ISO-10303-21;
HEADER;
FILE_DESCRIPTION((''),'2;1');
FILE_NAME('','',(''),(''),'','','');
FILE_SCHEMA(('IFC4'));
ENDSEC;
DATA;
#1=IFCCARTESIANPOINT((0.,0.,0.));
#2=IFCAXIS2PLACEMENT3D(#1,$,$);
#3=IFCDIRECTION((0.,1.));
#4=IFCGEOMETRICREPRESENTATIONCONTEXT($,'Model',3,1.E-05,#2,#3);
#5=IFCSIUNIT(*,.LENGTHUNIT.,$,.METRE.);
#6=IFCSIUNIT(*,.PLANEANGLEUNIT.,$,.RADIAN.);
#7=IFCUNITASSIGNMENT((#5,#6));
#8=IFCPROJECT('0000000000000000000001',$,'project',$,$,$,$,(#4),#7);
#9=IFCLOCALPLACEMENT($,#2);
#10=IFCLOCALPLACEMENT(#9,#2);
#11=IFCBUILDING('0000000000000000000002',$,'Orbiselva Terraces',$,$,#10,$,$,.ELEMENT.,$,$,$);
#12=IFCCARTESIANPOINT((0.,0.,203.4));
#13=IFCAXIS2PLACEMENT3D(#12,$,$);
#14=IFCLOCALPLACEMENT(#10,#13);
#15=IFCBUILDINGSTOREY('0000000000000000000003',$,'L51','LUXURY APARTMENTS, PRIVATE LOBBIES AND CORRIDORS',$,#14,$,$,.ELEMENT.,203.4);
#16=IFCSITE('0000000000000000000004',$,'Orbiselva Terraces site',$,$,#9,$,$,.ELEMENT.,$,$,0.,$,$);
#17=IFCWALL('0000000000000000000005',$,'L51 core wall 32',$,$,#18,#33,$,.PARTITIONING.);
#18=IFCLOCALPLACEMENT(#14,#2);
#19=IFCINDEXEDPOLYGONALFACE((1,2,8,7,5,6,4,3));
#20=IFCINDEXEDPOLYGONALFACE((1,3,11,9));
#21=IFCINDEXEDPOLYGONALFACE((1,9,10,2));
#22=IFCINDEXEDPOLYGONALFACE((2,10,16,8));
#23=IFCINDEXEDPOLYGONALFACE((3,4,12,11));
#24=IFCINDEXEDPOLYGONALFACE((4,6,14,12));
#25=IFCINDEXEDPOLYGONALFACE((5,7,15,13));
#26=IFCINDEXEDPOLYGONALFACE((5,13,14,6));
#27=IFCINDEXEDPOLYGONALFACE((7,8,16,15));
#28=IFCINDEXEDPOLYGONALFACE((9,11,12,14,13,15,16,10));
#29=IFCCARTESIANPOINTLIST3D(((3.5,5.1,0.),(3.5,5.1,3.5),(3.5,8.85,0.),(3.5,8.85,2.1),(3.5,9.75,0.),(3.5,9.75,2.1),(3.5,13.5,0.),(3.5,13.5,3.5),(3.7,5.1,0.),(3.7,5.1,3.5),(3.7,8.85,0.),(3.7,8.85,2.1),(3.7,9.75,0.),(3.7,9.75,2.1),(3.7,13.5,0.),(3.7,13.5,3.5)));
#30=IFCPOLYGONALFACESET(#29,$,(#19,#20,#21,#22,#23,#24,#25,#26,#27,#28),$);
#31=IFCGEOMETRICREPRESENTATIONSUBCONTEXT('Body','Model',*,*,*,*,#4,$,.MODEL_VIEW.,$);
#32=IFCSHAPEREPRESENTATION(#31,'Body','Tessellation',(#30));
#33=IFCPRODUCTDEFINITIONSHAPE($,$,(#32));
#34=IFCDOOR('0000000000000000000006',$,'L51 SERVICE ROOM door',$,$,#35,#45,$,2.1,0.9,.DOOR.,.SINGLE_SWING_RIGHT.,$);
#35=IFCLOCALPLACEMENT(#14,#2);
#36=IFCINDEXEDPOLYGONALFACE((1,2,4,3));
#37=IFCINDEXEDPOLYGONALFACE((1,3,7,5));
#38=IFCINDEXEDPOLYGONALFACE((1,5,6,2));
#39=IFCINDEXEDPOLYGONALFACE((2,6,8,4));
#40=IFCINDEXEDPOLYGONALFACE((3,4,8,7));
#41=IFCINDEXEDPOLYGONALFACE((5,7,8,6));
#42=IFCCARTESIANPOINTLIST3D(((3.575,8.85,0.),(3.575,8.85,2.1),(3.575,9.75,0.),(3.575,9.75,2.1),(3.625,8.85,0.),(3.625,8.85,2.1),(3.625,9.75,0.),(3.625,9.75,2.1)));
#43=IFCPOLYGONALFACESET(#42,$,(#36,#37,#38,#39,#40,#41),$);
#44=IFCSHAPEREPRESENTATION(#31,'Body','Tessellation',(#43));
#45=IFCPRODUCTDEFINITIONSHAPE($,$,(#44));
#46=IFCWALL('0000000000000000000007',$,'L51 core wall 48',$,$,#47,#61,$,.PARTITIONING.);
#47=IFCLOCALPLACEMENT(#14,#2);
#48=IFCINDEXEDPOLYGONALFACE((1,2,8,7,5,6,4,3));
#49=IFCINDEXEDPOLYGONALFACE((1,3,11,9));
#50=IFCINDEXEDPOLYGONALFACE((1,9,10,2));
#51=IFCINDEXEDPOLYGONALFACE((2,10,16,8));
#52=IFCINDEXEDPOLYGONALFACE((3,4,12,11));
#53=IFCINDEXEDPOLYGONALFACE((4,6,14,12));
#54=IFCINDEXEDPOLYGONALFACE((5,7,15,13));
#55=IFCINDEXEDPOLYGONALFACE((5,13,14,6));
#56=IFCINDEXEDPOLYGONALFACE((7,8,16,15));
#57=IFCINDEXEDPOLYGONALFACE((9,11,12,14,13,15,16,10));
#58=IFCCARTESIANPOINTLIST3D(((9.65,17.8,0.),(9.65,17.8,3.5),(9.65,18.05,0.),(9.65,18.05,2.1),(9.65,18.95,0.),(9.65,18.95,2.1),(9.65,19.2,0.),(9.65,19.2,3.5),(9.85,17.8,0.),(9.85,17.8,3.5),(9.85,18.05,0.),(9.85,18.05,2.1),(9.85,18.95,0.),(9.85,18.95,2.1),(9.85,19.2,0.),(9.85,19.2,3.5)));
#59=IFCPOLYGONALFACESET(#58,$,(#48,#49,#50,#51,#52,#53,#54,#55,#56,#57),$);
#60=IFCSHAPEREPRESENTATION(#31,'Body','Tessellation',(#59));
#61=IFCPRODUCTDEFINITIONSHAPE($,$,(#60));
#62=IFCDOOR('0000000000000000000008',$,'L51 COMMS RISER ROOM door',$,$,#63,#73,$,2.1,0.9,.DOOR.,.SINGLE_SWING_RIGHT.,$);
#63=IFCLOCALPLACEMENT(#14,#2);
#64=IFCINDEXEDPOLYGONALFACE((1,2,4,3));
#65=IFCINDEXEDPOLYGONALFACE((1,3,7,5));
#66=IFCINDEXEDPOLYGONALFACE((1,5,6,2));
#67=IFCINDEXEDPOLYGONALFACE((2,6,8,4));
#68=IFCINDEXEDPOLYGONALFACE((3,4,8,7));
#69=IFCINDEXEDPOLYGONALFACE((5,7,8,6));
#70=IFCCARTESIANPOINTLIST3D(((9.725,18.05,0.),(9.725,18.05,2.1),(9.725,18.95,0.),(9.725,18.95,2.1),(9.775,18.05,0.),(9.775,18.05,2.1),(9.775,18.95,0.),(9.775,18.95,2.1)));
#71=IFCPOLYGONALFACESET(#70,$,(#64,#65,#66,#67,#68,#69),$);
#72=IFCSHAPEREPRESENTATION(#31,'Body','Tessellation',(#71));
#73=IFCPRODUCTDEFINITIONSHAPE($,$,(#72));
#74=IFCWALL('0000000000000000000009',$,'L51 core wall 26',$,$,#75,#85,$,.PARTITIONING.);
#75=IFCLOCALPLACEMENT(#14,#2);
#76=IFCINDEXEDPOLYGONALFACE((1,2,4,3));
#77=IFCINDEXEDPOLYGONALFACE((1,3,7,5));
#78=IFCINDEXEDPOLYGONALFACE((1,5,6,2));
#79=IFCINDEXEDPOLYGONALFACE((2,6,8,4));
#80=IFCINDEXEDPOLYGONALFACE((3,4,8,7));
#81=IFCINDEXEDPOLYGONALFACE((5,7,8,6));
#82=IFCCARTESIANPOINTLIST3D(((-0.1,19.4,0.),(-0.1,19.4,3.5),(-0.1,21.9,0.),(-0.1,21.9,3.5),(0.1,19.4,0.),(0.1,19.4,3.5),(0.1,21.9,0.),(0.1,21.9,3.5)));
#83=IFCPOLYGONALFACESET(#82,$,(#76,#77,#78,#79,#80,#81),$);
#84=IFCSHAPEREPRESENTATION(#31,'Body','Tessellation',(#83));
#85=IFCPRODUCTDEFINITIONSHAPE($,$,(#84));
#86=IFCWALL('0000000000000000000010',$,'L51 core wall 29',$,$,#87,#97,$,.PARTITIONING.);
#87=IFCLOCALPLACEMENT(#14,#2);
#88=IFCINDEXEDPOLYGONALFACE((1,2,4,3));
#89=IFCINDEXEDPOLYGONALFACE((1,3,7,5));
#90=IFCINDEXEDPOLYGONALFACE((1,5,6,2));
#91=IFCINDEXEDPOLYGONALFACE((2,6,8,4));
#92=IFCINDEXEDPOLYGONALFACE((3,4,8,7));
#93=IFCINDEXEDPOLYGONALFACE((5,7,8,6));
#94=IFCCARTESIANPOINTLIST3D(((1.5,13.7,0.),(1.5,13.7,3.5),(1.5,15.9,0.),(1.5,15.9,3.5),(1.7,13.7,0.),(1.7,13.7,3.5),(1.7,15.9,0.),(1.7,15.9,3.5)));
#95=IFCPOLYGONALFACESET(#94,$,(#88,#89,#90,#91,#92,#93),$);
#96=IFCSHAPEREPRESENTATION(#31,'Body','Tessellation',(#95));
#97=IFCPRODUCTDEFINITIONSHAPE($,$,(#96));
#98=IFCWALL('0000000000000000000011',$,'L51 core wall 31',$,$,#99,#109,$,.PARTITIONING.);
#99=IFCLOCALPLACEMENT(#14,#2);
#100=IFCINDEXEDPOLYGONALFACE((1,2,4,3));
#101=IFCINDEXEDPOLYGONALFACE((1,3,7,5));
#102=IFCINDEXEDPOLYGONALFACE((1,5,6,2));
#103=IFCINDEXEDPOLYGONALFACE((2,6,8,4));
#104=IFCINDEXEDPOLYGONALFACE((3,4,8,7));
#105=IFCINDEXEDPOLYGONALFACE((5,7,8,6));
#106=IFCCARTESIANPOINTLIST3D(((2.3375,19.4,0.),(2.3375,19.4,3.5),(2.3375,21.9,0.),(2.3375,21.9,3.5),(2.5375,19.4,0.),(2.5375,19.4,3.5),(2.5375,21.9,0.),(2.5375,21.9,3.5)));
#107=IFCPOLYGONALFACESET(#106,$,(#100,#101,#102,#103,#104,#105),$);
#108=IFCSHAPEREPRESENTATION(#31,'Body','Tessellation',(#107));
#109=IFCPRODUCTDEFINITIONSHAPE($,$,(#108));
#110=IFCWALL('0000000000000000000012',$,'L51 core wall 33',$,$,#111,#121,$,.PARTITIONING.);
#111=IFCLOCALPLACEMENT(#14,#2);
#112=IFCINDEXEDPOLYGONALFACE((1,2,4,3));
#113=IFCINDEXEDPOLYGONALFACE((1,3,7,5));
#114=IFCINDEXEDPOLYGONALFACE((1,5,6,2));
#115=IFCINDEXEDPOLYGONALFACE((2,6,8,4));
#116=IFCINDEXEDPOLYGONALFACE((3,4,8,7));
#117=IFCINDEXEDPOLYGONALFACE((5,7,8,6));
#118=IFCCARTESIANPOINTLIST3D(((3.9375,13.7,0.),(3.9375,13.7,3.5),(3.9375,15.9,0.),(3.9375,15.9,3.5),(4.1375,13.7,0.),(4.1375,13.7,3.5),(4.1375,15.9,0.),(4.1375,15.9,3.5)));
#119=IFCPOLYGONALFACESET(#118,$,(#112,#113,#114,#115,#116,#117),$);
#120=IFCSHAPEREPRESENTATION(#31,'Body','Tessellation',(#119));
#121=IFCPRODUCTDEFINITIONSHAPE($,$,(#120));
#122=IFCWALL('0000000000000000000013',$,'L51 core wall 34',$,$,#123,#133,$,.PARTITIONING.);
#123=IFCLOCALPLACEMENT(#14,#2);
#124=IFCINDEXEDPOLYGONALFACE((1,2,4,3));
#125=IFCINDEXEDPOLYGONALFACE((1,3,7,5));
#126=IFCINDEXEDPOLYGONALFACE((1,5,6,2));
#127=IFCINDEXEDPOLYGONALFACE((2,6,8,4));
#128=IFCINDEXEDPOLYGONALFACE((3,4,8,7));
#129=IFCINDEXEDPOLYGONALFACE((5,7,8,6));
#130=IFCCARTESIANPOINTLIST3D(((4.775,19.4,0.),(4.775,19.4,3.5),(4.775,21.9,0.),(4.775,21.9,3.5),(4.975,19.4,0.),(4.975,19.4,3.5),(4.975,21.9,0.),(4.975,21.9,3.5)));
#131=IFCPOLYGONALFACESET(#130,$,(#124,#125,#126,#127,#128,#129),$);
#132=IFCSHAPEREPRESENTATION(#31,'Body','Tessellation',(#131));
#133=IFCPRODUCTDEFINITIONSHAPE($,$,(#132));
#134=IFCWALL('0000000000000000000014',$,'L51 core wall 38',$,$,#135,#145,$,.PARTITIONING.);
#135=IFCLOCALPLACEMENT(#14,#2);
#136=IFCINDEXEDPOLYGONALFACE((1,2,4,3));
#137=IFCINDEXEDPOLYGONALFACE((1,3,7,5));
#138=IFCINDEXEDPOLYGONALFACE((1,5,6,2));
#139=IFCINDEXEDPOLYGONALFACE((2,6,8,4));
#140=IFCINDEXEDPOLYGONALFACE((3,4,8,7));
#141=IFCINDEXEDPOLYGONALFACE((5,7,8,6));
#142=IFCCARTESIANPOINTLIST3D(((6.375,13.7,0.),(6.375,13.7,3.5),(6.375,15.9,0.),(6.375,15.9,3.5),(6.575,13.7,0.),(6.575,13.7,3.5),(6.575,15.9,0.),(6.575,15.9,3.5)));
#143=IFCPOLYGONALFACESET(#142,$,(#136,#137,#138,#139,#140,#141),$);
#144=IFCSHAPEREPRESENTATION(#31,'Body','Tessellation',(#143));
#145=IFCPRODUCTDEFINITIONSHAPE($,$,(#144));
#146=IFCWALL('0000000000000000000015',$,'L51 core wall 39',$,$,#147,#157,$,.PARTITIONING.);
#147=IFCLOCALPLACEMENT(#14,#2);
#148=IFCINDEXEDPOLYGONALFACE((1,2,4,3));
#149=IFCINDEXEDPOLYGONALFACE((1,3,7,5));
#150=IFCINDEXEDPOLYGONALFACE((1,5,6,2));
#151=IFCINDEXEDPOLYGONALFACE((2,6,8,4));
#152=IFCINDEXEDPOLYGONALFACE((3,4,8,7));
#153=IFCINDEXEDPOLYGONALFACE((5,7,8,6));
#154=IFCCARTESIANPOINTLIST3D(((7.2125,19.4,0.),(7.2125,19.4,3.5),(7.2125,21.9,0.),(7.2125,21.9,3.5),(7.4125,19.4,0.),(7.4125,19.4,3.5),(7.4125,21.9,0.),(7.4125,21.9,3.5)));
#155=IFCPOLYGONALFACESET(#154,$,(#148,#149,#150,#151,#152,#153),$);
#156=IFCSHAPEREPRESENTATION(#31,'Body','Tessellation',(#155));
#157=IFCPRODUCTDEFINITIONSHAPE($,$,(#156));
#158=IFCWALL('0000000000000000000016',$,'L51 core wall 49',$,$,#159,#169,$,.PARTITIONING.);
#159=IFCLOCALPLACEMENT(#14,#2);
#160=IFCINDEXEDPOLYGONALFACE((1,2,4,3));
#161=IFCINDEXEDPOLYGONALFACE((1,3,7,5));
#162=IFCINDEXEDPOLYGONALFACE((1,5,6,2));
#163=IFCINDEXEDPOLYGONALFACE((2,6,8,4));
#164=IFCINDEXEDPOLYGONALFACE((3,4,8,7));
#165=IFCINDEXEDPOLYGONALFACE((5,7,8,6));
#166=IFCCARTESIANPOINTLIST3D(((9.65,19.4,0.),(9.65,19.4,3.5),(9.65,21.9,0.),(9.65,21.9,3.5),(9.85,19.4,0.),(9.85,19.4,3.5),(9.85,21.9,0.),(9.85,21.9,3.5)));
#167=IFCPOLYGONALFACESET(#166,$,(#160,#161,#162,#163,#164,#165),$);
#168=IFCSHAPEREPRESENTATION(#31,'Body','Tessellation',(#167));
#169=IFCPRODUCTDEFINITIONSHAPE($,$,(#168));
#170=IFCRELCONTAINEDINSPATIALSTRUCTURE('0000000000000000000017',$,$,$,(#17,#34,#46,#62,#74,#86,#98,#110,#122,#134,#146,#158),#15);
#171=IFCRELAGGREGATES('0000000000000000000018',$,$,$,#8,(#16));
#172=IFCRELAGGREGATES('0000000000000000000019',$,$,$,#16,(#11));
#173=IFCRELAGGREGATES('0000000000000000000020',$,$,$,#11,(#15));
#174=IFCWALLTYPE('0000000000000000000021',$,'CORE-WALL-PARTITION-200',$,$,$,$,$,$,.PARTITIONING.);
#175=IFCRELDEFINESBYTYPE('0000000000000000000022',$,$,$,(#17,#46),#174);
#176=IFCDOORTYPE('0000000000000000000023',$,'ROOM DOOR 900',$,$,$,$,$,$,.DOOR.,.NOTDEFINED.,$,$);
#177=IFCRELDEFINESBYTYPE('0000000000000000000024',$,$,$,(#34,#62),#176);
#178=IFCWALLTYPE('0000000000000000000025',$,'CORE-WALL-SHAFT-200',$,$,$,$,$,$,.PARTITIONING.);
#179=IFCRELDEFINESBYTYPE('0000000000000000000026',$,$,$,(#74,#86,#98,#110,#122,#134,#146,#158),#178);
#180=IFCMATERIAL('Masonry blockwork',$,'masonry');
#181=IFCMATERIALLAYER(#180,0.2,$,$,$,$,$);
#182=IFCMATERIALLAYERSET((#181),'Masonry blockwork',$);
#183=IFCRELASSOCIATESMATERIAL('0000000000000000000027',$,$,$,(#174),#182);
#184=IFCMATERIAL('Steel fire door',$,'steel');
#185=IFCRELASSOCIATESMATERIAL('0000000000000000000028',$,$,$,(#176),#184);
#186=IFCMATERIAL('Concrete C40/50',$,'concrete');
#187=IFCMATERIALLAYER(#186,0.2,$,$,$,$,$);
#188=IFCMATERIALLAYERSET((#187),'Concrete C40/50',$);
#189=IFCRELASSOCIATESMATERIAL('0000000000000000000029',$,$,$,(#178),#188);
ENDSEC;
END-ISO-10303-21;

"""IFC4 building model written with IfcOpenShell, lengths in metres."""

from ifc_helpers import new_model, si_unit, direction, frame, frame_2d, origin, place, context, subcontext, project, spatial, rectangle, extrude, material, layer, layer_set, type_object, element, fill, save


model = new_model("IFC4")

# Units and contexts
model_context = context("Model", 3, precision=1e-05, world=origin(), true_north=direction((0.0, 1.0)))
body_context = subcontext(model_context, "Body", "Model", "MODEL_VIEW")
ifc_project = project(units=[si_unit("LENGTHUNIT", "METRE"), si_unit("PLANEANGLEUNIT", "RADIAN")], contexts=[model_context])

# Site, building, storey
site_placement = place(None, origin())
site = spatial("IfcSite", under=ifc_project, at=site_placement, Name="Orbiselva Terraces site", CompositionType="ELEMENT", RefElevation=0.0)
building_placement = place(site_placement, origin())
building = spatial("IfcBuilding", under=site, at=building_placement, Name="Orbiselva Terraces", CompositionType="ELEMENT")
storey_placement = place(building_placement, frame((0.0, 0.0, 203.4)))
storey = spatial("IfcBuildingStorey", under=building, at=storey_placement, Name="L51", Description="LUXURY APARTMENTS, PRIVATE LOBBIES AND CORRIDORS", CompositionType="ELEMENT", Elevation=203.4)

# Walls, openings, doors
ifc_material_1 = material(Name="Masonry blockwork", Category="masonry")
ifc_layer_1 = layer(ifc_material_1, 0.2)
ifc_layer_set_1 = layer_set([ifc_layer_1], Name="Masonry blockwork")
wall_type_1 = type_object("IfcWallType", Name="CORE-WALL-PARTITION-200", PredefinedType="PARTITIONING", material=ifc_layer_set_1)
wall_1_placement = place(storey_placement, frame((3.6, 13.5, 0.0), z_axis=(0.0, 0.0, 1.0), x_axis=(0.0, -1.0, 0.0)))
wall_1 = element("IfcWall", 1, at=wall_1_placement, inside=storey, type_object=wall_type_1, Name="L51 core wall 32", PredefinedType="PARTITIONING", context=body_context, shape_type="SweptSolid", body=[
    extrude(rectangle(XDim=8.4, YDim=0.2, at=frame_2d((4.2, 0.0))), origin(), (0.0, 0.0, 1.0), 3.5),
])
opening_1_placement = place(wall_1_placement, frame((3.75, 0.0, 0.0)))
opening_1 = element("IfcOpeningElement", 2, at=opening_1_placement, cuts=wall_1, PredefinedType="OPENING", context=body_context, shape_type="SweptSolid", body=[
    extrude(rectangle(XDim=0.9, YDim=2.1, at=frame_2d((0.45, 1.05))), frame((0.0, 0.11, 0.0), z_axis=(0.0, -1.0, 0.0), x_axis=(1.0, 0.0, 0.0)), (0.0, 0.0, 1.0), 0.22),
])
ifc_material_2 = material(Name="Steel fire door", Category="steel")
door_type_1 = type_object("IfcDoorType", Name="ROOM DOOR 900", OperationType="NOTDEFINED", PredefinedType="DOOR", material=ifc_material_2)
door_1_placement = place(opening_1_placement, origin())
door_1 = element("IfcDoor", 3, at=door_1_placement, inside=storey, type_object=door_type_1, Name="L51 SERVICE ROOM door", OperationType="SINGLE_SWING_RIGHT", OverallHeight=2.1, OverallWidth=0.9, PredefinedType="DOOR", context=body_context, shape_type="SweptSolid", body=[
    extrude(rectangle(XDim=0.9, YDim=2.1, at=frame_2d((0.45, 1.05))), frame((0.0, 0.025, 0.0), z_axis=(0.0, -1.0, 0.0), x_axis=(1.0, 0.0, 0.0)), (0.0, 0.0, 1.0), 0.05),
])
fill(opening_1, door_1)
wall_2_placement = place(storey_placement, frame((9.75, 19.2, 0.0), z_axis=(0.0, 0.0, 1.0), x_axis=(0.0, -1.0, 0.0)))
wall_2 = element("IfcWall", 4, at=wall_2_placement, inside=storey, type_object=wall_type_1, Name="L51 core wall 48", PredefinedType="PARTITIONING", context=body_context, shape_type="SweptSolid", body=[
    extrude(rectangle(XDim=1.4, YDim=0.2, at=frame_2d((0.7, 0.0))), origin(), (0.0, 0.0, 1.0), 3.5),
])
opening_2_placement = place(wall_2_placement, frame((0.25, 0.0, 0.0)))
opening_2 = element("IfcOpeningElement", 5, at=opening_2_placement, cuts=wall_2, PredefinedType="OPENING", context=body_context, shape_type="SweptSolid", body=[
    extrude(rectangle(XDim=0.9, YDim=2.1, at=frame_2d((0.45, 1.05))), frame((0.0, 0.11, 0.0), z_axis=(0.0, -1.0, 0.0), x_axis=(1.0, 0.0, 0.0)), (0.0, 0.0, 1.0), 0.22),
])
door_2_placement = place(opening_2_placement, origin())
door_2 = element("IfcDoor", 6, at=door_2_placement, inside=storey, type_object=door_type_1, Name="L51 COMMS RISER ROOM door", OperationType="SINGLE_SWING_RIGHT", OverallHeight=2.1, OverallWidth=0.9, PredefinedType="DOOR", context=body_context, shape_type="SweptSolid", body=[
    extrude(rectangle(XDim=0.9, YDim=2.1, at=frame_2d((0.45, 1.05))), frame((0.0, 0.025, 0.0), z_axis=(0.0, -1.0, 0.0), x_axis=(1.0, 0.0, 0.0)), (0.0, 0.0, 1.0), 0.05),
])
fill(opening_2, door_2)

# Walls
ifc_material_3 = material(Name="Concrete C40/50", Category="concrete")
ifc_layer_2 = layer(ifc_material_3, 0.2)
ifc_layer_set_2 = layer_set([ifc_layer_2], Name="Concrete C40/50")
wall_type_2 = type_object("IfcWallType", Name="CORE-WALL-SHAFT-200", PredefinedType="PARTITIONING", material=ifc_layer_set_2)
wall_3_placement = place(storey_placement, frame((0.0, 19.4, 0.0), z_axis=(0.0, 0.0, 1.0), x_axis=(0.0, 1.0, 0.0)))
element("IfcWall", 7, at=wall_3_placement, inside=storey, type_object=wall_type_2, Name="L51 core wall 26", PredefinedType="PARTITIONING", context=body_context, shape_type="SweptSolid", body=[
    extrude(rectangle(XDim=2.5, YDim=0.2, at=frame_2d((1.25, 0.0))), origin(), (0.0, 0.0, 1.0), 3.5),
])
wall_4_placement = place(storey_placement, frame((1.6, 13.7, 0.0), z_axis=(0.0, 0.0, 1.0), x_axis=(0.0, 1.0, 0.0)))
element("IfcWall", 8, at=wall_4_placement, inside=storey, type_object=wall_type_2, Name="L51 core wall 29", PredefinedType="PARTITIONING", context=body_context, shape_type="SweptSolid", body=[
    extrude(rectangle(XDim=2.2, YDim=0.2, at=frame_2d((1.1, 0.0))), origin(), (0.0, 0.0, 1.0), 3.5),
])
wall_5_placement = place(storey_placement, frame((2.4375, 19.4, 0.0), z_axis=(0.0, 0.0, 1.0), x_axis=(0.0, 1.0, 0.0)))
element("IfcWall", 9, at=wall_5_placement, inside=storey, type_object=wall_type_2, Name="L51 core wall 31", PredefinedType="PARTITIONING", context=body_context, shape_type="SweptSolid", body=[
    extrude(rectangle(XDim=2.5, YDim=0.2, at=frame_2d((1.25, 0.0))), origin(), (0.0, 0.0, 1.0), 3.5),
])
wall_6_placement = place(storey_placement, frame((4.0375, 13.7, 0.0), z_axis=(0.0, 0.0, 1.0), x_axis=(0.0, 1.0, 0.0)))
element("IfcWall", 10, at=wall_6_placement, inside=storey, type_object=wall_type_2, Name="L51 core wall 33", PredefinedType="PARTITIONING", context=body_context, shape_type="SweptSolid", body=[
    extrude(rectangle(XDim=2.2, YDim=0.2, at=frame_2d((1.1, 0.0))), origin(), (0.0, 0.0, 1.0), 3.5),
])
wall_7_placement = place(storey_placement, frame((4.875, 19.4, 0.0), z_axis=(0.0, 0.0, 1.0), x_axis=(0.0, 1.0, 0.0)))
element("IfcWall", 11, at=wall_7_placement, inside=storey, type_object=wall_type_2, Name="L51 core wall 34", PredefinedType="PARTITIONING", context=body_context, shape_type="SweptSolid", body=[
    extrude(rectangle(XDim=2.5, YDim=0.2, at=frame_2d((1.25, 0.0))), origin(), (0.0, 0.0, 1.0), 3.5),
])
wall_8_placement = place(storey_placement, frame((6.475, 13.7, 0.0), z_axis=(0.0, 0.0, 1.0), x_axis=(0.0, 1.0, 0.0)))
element("IfcWall", 12, at=wall_8_placement, inside=storey, type_object=wall_type_2, Name="L51 core wall 38", PredefinedType="PARTITIONING", context=body_context, shape_type="SweptSolid", body=[
    extrude(rectangle(XDim=2.2, YDim=0.2, at=frame_2d((1.1, 0.0))), origin(), (0.0, 0.0, 1.0), 3.5),
])
for number, where, z_axis, x_axis, name in (
    (13, (7.3125, 19.4, 0.0), (0.0, 0.0, 1.0), (0.0, 1.0, 0.0), "L51 core wall 39"),
    (14, (9.75, 19.4, 0.0), (0.0, 0.0, 1.0), (0.0, 1.0, 0.0), "L51 core wall 49"),
):
    element("IfcWall", number, at=place(storey_placement, frame(where, z_axis=z_axis, x_axis=x_axis)), inside=storey, type_object=wall_type_2, Name=name, PredefinedType="PARTITIONING", context=body_context, shape_type="SweptSolid", body=[
        extrude(rectangle(XDim=2.5, YDim=0.2, at=frame_2d((1.25, 0.0))), origin(), (0.0, 0.0, 1.0), 3.5),
    ])

save(model, "model.ifc")
